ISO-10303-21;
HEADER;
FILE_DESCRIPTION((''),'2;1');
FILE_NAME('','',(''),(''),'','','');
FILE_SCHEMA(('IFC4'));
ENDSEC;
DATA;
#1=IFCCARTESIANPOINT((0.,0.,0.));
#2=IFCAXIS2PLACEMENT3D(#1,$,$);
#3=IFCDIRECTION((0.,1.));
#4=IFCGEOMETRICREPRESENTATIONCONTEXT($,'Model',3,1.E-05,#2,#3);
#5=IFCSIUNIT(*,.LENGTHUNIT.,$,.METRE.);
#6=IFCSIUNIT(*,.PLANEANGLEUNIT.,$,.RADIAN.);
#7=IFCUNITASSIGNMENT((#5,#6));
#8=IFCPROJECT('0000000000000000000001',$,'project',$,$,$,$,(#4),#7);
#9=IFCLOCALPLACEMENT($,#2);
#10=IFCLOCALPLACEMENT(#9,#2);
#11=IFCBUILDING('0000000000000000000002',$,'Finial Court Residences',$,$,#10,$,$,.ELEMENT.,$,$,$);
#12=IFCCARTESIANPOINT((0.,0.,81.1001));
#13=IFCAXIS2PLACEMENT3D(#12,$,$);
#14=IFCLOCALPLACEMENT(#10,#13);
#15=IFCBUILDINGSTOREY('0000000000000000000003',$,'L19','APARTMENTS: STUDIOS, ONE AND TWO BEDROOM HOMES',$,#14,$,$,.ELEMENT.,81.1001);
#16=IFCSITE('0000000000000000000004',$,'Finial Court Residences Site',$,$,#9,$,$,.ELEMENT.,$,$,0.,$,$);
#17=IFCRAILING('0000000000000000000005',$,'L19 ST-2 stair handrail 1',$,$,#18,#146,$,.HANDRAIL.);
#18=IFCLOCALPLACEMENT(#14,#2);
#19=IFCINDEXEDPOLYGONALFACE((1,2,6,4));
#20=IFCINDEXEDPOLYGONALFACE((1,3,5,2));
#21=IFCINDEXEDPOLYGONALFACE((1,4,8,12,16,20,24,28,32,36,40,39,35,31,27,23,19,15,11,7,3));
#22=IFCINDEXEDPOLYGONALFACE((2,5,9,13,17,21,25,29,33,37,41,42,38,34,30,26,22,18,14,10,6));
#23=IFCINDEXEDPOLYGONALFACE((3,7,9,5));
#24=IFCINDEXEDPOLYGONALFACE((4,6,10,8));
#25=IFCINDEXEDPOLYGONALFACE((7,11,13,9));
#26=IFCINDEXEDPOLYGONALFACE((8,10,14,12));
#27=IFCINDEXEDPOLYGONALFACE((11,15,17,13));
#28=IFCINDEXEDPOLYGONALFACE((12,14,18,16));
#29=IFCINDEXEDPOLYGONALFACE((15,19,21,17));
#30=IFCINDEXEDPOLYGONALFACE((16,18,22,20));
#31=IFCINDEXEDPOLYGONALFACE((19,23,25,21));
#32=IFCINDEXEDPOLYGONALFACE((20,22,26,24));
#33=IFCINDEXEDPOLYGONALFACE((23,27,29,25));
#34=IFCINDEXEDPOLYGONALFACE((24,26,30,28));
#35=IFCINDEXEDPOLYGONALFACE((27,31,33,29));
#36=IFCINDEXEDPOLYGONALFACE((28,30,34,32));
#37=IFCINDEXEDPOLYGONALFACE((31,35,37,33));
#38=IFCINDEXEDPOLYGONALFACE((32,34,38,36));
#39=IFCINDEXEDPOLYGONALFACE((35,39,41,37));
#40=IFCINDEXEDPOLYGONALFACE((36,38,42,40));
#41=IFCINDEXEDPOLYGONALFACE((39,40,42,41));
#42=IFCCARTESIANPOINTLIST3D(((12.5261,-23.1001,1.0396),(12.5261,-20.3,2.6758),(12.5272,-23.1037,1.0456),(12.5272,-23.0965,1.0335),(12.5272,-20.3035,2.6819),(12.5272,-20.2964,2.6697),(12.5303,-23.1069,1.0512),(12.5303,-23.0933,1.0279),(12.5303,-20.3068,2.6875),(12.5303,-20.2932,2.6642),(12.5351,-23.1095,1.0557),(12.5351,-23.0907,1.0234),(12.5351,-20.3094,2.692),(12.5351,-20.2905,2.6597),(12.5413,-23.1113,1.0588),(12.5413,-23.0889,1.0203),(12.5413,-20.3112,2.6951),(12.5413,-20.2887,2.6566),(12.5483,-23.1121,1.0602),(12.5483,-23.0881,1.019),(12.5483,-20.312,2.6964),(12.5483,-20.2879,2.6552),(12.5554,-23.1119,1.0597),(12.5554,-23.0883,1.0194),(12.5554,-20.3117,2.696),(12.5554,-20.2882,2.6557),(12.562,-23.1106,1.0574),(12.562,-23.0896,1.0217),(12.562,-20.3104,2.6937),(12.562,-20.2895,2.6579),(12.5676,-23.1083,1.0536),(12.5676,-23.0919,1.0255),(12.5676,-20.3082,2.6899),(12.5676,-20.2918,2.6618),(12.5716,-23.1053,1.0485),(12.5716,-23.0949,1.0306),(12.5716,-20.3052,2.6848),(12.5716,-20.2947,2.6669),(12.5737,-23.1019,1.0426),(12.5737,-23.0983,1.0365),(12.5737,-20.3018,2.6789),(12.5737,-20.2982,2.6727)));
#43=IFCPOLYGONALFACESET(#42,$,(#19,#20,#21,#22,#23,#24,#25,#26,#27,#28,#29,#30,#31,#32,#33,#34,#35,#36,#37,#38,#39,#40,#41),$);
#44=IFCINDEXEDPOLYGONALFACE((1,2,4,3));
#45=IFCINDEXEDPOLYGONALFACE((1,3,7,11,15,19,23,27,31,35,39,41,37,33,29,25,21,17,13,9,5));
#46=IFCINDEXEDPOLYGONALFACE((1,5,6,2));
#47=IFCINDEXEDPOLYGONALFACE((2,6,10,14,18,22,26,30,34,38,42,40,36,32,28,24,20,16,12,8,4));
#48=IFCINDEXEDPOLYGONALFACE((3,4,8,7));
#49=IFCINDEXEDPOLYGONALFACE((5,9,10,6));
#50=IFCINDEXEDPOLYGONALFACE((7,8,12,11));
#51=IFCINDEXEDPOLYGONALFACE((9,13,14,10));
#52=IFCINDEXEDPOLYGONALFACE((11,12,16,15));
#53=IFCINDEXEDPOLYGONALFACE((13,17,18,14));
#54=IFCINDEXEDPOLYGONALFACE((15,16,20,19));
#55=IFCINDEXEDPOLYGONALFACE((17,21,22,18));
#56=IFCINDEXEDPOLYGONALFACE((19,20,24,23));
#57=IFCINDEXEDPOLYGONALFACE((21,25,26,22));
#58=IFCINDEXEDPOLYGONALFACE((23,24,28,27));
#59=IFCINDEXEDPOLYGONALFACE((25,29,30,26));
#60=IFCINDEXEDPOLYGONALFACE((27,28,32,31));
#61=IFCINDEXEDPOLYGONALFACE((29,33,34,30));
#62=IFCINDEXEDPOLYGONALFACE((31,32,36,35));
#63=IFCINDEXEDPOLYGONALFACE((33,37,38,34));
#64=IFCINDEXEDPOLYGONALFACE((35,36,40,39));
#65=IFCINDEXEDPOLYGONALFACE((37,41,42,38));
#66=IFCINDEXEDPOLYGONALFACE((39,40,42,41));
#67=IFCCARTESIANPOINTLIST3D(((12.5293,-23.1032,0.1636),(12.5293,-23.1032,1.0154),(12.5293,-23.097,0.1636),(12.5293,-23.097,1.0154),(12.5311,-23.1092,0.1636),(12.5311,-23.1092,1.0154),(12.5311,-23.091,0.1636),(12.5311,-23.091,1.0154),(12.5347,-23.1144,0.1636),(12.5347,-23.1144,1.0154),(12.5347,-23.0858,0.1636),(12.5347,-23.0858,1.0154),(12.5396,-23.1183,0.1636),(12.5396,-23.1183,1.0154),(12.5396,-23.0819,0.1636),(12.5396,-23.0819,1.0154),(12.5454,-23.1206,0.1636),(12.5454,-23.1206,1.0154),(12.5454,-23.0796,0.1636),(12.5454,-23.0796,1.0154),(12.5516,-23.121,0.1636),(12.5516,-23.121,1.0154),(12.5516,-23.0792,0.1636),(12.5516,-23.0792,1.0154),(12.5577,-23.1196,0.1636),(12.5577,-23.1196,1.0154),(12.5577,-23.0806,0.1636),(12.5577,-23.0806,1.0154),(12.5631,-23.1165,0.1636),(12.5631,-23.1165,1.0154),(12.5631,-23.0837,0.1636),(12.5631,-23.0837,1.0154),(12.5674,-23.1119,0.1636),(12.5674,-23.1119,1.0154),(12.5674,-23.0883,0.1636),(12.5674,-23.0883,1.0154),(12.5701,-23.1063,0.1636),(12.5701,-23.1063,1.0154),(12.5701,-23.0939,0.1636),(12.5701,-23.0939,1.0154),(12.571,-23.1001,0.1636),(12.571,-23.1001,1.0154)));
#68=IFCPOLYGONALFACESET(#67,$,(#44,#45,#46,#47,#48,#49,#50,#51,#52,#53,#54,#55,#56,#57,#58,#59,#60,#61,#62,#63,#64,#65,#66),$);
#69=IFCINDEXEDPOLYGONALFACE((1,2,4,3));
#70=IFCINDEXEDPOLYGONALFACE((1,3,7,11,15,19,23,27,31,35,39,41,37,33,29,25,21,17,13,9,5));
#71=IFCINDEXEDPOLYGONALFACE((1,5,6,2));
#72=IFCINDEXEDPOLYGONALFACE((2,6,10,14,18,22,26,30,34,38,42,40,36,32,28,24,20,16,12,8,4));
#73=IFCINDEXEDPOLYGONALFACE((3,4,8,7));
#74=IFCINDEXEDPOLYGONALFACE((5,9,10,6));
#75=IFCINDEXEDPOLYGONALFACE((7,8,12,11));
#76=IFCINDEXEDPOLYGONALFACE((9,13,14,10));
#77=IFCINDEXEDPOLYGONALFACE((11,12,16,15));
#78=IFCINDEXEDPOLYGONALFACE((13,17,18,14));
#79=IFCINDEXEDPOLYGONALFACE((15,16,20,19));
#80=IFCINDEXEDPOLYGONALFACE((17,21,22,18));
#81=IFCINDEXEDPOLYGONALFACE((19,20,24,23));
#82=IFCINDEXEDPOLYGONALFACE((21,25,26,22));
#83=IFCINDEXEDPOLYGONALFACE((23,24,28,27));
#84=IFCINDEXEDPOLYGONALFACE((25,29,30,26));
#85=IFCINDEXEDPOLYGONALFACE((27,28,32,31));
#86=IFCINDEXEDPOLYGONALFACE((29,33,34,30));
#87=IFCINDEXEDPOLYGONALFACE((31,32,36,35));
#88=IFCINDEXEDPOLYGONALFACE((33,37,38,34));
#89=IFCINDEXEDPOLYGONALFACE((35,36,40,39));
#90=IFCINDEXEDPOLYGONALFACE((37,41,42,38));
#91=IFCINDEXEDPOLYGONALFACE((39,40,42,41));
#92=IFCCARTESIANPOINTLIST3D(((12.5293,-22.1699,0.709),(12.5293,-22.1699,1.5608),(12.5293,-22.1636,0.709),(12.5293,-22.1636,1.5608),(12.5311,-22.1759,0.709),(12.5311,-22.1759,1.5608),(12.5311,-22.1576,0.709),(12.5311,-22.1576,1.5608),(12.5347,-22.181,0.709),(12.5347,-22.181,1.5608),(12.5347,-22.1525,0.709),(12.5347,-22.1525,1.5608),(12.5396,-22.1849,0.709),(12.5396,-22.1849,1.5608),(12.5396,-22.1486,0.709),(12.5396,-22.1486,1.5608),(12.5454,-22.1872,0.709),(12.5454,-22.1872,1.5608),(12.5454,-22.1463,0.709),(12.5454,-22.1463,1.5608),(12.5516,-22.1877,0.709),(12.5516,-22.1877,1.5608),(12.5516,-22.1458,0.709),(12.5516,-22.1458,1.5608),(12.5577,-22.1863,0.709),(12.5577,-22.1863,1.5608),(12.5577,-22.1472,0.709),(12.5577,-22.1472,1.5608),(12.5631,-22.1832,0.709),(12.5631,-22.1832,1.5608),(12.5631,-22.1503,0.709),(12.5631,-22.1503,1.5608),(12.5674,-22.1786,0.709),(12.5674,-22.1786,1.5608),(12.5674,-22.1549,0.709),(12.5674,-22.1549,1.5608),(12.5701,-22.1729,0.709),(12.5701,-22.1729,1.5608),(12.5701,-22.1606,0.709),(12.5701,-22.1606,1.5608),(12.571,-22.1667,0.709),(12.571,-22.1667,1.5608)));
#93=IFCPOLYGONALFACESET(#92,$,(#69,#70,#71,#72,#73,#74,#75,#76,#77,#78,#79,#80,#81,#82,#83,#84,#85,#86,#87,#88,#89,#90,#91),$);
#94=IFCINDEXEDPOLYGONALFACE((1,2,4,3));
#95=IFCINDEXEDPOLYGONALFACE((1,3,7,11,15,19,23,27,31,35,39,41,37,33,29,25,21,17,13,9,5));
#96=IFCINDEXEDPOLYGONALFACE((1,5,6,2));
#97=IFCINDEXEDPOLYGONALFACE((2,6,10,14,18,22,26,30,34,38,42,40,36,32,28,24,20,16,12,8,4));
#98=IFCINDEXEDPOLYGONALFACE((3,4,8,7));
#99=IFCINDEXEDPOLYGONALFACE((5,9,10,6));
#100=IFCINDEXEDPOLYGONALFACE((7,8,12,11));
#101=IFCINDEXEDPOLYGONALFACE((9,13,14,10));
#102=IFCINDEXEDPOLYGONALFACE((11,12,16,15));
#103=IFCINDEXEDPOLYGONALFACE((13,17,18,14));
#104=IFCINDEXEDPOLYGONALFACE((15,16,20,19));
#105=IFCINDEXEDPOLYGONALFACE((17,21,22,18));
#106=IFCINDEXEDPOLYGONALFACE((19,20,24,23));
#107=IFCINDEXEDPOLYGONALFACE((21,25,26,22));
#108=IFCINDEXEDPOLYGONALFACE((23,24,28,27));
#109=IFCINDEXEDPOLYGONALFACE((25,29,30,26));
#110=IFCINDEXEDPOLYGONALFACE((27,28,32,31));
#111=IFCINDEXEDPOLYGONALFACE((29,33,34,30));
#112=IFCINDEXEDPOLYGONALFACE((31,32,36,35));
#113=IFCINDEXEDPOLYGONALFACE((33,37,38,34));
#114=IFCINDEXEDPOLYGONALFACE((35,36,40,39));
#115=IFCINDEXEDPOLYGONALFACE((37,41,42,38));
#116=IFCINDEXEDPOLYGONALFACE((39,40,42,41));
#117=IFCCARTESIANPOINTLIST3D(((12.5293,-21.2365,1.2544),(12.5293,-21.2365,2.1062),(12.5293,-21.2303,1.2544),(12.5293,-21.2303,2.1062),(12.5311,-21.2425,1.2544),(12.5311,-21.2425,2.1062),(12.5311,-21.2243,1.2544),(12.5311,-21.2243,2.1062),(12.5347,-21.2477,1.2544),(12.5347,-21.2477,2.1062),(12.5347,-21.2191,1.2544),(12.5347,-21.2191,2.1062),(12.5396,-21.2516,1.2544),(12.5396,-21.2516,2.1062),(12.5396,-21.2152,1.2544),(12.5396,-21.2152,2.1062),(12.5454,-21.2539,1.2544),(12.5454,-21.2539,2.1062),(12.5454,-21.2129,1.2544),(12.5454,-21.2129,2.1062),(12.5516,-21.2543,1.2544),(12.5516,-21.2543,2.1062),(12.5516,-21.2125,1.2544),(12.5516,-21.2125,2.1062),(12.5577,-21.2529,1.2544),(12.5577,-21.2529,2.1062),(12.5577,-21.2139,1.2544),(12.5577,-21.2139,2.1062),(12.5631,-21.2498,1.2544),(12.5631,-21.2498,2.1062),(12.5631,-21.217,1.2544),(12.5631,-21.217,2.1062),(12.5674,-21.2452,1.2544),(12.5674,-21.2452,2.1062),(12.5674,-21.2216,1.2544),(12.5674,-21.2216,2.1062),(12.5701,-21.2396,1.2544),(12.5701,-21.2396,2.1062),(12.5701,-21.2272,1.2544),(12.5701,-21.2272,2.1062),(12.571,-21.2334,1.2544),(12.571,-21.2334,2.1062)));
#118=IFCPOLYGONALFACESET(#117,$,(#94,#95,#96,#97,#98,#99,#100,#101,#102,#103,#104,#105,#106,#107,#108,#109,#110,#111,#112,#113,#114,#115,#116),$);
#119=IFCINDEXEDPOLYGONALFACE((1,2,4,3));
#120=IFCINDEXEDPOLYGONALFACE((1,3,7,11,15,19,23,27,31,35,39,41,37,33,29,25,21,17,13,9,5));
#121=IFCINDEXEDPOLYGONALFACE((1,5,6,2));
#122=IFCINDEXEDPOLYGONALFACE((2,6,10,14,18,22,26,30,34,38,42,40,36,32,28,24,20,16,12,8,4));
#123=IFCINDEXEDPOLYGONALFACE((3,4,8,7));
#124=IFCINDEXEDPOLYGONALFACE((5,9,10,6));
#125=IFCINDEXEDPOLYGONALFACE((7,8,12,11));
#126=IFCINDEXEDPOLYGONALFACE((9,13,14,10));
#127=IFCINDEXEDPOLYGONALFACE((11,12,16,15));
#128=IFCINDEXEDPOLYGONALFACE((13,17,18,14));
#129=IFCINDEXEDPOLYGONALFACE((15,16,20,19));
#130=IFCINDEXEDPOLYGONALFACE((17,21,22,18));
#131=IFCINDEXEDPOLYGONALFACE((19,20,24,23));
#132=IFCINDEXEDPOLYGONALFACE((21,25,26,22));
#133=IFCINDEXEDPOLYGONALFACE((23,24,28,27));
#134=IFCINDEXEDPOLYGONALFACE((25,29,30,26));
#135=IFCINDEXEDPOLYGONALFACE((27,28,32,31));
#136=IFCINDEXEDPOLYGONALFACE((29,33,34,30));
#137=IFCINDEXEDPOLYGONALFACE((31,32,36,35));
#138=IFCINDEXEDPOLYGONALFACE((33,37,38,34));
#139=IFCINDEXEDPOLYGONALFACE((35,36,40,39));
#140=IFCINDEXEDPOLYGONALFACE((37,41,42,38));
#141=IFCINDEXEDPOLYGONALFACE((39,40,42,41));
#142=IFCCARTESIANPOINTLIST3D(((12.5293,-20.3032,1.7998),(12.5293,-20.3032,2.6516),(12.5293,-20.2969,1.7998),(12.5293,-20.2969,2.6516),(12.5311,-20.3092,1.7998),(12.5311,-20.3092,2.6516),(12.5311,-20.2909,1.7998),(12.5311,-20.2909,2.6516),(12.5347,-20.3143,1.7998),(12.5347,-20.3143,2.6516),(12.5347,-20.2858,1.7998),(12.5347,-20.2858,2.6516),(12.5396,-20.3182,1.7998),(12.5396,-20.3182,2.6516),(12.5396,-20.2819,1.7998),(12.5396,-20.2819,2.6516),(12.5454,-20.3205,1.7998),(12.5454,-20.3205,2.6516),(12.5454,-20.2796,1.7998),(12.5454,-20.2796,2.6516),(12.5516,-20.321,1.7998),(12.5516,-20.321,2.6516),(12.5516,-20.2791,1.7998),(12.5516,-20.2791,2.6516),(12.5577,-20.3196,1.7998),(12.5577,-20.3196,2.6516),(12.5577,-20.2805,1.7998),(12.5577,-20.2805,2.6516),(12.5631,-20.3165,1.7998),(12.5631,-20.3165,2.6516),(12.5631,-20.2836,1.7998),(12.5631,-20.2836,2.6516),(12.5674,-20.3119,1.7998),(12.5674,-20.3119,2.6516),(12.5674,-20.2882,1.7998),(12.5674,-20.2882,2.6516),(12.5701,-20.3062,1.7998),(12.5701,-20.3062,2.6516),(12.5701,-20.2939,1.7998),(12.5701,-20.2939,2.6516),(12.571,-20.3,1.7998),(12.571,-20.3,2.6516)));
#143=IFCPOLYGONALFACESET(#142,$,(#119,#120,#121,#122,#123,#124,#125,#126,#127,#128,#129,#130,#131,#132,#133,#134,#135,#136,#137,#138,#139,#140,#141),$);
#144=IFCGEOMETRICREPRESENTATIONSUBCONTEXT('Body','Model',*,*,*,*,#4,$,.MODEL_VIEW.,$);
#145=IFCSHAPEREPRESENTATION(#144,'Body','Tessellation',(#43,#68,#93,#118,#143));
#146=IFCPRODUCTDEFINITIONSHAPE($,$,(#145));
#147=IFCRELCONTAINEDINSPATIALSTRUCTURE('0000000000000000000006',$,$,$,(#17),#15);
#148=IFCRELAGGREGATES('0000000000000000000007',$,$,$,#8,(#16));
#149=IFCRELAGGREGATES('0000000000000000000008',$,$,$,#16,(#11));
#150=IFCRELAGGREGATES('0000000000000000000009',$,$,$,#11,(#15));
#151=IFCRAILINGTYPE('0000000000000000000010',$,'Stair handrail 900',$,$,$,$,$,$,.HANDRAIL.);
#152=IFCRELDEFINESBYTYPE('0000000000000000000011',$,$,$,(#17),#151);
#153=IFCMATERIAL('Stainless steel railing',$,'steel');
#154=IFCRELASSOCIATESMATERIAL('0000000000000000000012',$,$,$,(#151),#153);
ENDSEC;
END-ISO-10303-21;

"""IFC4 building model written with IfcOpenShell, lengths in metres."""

from ifc_helpers import new_model, si_unit, direction, frame, origin, origin_2d, place, context, subcontext, project, spatial, circle, extrude, material, type_object, element, save


model = new_model("IFC4")

# Units and contexts
model_context = context("Model", 3, precision=1e-05, world=origin(), true_north=direction((0.0, 1.0)))
body_context = subcontext(model_context, "Body", "Model", "MODEL_VIEW")
ifc_project = project(units=[si_unit("LENGTHUNIT", "METRE"), si_unit("PLANEANGLEUNIT", "RADIAN")], contexts=[model_context])

# Site, building, storey
site_placement = place(None, origin())
site = spatial("IfcSite", under=ifc_project, at=site_placement, Name="Finial Court Residences Site", CompositionType="ELEMENT", RefElevation=0.0)
building_placement = place(site_placement, origin())
building = spatial("IfcBuilding", under=site, at=building_placement, Name="Finial Court Residences", CompositionType="ELEMENT")
storey_placement = place(building_placement, frame((0.0, 0.0, 81.1001)))
storey = spatial("IfcBuildingStorey", under=building, at=storey_placement, Name="L19", Description="APARTMENTS: STUDIOS, ONE AND TWO BEDROOM HOMES", CompositionType="ELEMENT", Elevation=81.1001)

# Railing
ifc_material_1 = material(Name="Stainless steel railing", Category="steel")
railing_type_1 = type_object("IfcRailingType", Name="Stair handrail 900", PredefinedType="HANDRAIL", material=ifc_material_1)
railing_1_placement = place(storey_placement, frame((12.55, -23.1001, 0.1636)))
element("IfcRailing", 1, at=railing_1_placement, inside=storey, type_object=railing_type_1, Name="L19 ST-2 stair handrail 1", PredefinedType="HANDRAIL", context=body_context, shape_type="SweptSolid", body=[
    extrude(circle(Radius=0.0239, at=origin_2d()), frame((0.0, 0.0, 0.876), z_axis=(0.0, 0.863394, 0.504531), x_axis=(-1.0, 0.0, 0.0)), (0.0, 0.0, 1.0), 3.2432),
    extrude(circle(Radius=0.021, at=origin_2d()), origin(), (0.0, 0.0, 1.0), 0.8518),
    extrude(circle(Radius=0.021, at=origin_2d()), frame((0.0, 0.9333, 0.5454)), (0.0, 0.0, 1.0), 0.8518),
    extrude(circle(Radius=0.021, at=origin_2d()), frame((0.0, 1.8667, 1.0908)), (0.0, 0.0, 1.0), 0.8518),
    extrude(circle(Radius=0.021, at=origin_2d()), frame((0.0, 2.8, 1.6362)), (0.0, 0.0, 1.0), 0.8518),
])

save(model, "model.ifc")
